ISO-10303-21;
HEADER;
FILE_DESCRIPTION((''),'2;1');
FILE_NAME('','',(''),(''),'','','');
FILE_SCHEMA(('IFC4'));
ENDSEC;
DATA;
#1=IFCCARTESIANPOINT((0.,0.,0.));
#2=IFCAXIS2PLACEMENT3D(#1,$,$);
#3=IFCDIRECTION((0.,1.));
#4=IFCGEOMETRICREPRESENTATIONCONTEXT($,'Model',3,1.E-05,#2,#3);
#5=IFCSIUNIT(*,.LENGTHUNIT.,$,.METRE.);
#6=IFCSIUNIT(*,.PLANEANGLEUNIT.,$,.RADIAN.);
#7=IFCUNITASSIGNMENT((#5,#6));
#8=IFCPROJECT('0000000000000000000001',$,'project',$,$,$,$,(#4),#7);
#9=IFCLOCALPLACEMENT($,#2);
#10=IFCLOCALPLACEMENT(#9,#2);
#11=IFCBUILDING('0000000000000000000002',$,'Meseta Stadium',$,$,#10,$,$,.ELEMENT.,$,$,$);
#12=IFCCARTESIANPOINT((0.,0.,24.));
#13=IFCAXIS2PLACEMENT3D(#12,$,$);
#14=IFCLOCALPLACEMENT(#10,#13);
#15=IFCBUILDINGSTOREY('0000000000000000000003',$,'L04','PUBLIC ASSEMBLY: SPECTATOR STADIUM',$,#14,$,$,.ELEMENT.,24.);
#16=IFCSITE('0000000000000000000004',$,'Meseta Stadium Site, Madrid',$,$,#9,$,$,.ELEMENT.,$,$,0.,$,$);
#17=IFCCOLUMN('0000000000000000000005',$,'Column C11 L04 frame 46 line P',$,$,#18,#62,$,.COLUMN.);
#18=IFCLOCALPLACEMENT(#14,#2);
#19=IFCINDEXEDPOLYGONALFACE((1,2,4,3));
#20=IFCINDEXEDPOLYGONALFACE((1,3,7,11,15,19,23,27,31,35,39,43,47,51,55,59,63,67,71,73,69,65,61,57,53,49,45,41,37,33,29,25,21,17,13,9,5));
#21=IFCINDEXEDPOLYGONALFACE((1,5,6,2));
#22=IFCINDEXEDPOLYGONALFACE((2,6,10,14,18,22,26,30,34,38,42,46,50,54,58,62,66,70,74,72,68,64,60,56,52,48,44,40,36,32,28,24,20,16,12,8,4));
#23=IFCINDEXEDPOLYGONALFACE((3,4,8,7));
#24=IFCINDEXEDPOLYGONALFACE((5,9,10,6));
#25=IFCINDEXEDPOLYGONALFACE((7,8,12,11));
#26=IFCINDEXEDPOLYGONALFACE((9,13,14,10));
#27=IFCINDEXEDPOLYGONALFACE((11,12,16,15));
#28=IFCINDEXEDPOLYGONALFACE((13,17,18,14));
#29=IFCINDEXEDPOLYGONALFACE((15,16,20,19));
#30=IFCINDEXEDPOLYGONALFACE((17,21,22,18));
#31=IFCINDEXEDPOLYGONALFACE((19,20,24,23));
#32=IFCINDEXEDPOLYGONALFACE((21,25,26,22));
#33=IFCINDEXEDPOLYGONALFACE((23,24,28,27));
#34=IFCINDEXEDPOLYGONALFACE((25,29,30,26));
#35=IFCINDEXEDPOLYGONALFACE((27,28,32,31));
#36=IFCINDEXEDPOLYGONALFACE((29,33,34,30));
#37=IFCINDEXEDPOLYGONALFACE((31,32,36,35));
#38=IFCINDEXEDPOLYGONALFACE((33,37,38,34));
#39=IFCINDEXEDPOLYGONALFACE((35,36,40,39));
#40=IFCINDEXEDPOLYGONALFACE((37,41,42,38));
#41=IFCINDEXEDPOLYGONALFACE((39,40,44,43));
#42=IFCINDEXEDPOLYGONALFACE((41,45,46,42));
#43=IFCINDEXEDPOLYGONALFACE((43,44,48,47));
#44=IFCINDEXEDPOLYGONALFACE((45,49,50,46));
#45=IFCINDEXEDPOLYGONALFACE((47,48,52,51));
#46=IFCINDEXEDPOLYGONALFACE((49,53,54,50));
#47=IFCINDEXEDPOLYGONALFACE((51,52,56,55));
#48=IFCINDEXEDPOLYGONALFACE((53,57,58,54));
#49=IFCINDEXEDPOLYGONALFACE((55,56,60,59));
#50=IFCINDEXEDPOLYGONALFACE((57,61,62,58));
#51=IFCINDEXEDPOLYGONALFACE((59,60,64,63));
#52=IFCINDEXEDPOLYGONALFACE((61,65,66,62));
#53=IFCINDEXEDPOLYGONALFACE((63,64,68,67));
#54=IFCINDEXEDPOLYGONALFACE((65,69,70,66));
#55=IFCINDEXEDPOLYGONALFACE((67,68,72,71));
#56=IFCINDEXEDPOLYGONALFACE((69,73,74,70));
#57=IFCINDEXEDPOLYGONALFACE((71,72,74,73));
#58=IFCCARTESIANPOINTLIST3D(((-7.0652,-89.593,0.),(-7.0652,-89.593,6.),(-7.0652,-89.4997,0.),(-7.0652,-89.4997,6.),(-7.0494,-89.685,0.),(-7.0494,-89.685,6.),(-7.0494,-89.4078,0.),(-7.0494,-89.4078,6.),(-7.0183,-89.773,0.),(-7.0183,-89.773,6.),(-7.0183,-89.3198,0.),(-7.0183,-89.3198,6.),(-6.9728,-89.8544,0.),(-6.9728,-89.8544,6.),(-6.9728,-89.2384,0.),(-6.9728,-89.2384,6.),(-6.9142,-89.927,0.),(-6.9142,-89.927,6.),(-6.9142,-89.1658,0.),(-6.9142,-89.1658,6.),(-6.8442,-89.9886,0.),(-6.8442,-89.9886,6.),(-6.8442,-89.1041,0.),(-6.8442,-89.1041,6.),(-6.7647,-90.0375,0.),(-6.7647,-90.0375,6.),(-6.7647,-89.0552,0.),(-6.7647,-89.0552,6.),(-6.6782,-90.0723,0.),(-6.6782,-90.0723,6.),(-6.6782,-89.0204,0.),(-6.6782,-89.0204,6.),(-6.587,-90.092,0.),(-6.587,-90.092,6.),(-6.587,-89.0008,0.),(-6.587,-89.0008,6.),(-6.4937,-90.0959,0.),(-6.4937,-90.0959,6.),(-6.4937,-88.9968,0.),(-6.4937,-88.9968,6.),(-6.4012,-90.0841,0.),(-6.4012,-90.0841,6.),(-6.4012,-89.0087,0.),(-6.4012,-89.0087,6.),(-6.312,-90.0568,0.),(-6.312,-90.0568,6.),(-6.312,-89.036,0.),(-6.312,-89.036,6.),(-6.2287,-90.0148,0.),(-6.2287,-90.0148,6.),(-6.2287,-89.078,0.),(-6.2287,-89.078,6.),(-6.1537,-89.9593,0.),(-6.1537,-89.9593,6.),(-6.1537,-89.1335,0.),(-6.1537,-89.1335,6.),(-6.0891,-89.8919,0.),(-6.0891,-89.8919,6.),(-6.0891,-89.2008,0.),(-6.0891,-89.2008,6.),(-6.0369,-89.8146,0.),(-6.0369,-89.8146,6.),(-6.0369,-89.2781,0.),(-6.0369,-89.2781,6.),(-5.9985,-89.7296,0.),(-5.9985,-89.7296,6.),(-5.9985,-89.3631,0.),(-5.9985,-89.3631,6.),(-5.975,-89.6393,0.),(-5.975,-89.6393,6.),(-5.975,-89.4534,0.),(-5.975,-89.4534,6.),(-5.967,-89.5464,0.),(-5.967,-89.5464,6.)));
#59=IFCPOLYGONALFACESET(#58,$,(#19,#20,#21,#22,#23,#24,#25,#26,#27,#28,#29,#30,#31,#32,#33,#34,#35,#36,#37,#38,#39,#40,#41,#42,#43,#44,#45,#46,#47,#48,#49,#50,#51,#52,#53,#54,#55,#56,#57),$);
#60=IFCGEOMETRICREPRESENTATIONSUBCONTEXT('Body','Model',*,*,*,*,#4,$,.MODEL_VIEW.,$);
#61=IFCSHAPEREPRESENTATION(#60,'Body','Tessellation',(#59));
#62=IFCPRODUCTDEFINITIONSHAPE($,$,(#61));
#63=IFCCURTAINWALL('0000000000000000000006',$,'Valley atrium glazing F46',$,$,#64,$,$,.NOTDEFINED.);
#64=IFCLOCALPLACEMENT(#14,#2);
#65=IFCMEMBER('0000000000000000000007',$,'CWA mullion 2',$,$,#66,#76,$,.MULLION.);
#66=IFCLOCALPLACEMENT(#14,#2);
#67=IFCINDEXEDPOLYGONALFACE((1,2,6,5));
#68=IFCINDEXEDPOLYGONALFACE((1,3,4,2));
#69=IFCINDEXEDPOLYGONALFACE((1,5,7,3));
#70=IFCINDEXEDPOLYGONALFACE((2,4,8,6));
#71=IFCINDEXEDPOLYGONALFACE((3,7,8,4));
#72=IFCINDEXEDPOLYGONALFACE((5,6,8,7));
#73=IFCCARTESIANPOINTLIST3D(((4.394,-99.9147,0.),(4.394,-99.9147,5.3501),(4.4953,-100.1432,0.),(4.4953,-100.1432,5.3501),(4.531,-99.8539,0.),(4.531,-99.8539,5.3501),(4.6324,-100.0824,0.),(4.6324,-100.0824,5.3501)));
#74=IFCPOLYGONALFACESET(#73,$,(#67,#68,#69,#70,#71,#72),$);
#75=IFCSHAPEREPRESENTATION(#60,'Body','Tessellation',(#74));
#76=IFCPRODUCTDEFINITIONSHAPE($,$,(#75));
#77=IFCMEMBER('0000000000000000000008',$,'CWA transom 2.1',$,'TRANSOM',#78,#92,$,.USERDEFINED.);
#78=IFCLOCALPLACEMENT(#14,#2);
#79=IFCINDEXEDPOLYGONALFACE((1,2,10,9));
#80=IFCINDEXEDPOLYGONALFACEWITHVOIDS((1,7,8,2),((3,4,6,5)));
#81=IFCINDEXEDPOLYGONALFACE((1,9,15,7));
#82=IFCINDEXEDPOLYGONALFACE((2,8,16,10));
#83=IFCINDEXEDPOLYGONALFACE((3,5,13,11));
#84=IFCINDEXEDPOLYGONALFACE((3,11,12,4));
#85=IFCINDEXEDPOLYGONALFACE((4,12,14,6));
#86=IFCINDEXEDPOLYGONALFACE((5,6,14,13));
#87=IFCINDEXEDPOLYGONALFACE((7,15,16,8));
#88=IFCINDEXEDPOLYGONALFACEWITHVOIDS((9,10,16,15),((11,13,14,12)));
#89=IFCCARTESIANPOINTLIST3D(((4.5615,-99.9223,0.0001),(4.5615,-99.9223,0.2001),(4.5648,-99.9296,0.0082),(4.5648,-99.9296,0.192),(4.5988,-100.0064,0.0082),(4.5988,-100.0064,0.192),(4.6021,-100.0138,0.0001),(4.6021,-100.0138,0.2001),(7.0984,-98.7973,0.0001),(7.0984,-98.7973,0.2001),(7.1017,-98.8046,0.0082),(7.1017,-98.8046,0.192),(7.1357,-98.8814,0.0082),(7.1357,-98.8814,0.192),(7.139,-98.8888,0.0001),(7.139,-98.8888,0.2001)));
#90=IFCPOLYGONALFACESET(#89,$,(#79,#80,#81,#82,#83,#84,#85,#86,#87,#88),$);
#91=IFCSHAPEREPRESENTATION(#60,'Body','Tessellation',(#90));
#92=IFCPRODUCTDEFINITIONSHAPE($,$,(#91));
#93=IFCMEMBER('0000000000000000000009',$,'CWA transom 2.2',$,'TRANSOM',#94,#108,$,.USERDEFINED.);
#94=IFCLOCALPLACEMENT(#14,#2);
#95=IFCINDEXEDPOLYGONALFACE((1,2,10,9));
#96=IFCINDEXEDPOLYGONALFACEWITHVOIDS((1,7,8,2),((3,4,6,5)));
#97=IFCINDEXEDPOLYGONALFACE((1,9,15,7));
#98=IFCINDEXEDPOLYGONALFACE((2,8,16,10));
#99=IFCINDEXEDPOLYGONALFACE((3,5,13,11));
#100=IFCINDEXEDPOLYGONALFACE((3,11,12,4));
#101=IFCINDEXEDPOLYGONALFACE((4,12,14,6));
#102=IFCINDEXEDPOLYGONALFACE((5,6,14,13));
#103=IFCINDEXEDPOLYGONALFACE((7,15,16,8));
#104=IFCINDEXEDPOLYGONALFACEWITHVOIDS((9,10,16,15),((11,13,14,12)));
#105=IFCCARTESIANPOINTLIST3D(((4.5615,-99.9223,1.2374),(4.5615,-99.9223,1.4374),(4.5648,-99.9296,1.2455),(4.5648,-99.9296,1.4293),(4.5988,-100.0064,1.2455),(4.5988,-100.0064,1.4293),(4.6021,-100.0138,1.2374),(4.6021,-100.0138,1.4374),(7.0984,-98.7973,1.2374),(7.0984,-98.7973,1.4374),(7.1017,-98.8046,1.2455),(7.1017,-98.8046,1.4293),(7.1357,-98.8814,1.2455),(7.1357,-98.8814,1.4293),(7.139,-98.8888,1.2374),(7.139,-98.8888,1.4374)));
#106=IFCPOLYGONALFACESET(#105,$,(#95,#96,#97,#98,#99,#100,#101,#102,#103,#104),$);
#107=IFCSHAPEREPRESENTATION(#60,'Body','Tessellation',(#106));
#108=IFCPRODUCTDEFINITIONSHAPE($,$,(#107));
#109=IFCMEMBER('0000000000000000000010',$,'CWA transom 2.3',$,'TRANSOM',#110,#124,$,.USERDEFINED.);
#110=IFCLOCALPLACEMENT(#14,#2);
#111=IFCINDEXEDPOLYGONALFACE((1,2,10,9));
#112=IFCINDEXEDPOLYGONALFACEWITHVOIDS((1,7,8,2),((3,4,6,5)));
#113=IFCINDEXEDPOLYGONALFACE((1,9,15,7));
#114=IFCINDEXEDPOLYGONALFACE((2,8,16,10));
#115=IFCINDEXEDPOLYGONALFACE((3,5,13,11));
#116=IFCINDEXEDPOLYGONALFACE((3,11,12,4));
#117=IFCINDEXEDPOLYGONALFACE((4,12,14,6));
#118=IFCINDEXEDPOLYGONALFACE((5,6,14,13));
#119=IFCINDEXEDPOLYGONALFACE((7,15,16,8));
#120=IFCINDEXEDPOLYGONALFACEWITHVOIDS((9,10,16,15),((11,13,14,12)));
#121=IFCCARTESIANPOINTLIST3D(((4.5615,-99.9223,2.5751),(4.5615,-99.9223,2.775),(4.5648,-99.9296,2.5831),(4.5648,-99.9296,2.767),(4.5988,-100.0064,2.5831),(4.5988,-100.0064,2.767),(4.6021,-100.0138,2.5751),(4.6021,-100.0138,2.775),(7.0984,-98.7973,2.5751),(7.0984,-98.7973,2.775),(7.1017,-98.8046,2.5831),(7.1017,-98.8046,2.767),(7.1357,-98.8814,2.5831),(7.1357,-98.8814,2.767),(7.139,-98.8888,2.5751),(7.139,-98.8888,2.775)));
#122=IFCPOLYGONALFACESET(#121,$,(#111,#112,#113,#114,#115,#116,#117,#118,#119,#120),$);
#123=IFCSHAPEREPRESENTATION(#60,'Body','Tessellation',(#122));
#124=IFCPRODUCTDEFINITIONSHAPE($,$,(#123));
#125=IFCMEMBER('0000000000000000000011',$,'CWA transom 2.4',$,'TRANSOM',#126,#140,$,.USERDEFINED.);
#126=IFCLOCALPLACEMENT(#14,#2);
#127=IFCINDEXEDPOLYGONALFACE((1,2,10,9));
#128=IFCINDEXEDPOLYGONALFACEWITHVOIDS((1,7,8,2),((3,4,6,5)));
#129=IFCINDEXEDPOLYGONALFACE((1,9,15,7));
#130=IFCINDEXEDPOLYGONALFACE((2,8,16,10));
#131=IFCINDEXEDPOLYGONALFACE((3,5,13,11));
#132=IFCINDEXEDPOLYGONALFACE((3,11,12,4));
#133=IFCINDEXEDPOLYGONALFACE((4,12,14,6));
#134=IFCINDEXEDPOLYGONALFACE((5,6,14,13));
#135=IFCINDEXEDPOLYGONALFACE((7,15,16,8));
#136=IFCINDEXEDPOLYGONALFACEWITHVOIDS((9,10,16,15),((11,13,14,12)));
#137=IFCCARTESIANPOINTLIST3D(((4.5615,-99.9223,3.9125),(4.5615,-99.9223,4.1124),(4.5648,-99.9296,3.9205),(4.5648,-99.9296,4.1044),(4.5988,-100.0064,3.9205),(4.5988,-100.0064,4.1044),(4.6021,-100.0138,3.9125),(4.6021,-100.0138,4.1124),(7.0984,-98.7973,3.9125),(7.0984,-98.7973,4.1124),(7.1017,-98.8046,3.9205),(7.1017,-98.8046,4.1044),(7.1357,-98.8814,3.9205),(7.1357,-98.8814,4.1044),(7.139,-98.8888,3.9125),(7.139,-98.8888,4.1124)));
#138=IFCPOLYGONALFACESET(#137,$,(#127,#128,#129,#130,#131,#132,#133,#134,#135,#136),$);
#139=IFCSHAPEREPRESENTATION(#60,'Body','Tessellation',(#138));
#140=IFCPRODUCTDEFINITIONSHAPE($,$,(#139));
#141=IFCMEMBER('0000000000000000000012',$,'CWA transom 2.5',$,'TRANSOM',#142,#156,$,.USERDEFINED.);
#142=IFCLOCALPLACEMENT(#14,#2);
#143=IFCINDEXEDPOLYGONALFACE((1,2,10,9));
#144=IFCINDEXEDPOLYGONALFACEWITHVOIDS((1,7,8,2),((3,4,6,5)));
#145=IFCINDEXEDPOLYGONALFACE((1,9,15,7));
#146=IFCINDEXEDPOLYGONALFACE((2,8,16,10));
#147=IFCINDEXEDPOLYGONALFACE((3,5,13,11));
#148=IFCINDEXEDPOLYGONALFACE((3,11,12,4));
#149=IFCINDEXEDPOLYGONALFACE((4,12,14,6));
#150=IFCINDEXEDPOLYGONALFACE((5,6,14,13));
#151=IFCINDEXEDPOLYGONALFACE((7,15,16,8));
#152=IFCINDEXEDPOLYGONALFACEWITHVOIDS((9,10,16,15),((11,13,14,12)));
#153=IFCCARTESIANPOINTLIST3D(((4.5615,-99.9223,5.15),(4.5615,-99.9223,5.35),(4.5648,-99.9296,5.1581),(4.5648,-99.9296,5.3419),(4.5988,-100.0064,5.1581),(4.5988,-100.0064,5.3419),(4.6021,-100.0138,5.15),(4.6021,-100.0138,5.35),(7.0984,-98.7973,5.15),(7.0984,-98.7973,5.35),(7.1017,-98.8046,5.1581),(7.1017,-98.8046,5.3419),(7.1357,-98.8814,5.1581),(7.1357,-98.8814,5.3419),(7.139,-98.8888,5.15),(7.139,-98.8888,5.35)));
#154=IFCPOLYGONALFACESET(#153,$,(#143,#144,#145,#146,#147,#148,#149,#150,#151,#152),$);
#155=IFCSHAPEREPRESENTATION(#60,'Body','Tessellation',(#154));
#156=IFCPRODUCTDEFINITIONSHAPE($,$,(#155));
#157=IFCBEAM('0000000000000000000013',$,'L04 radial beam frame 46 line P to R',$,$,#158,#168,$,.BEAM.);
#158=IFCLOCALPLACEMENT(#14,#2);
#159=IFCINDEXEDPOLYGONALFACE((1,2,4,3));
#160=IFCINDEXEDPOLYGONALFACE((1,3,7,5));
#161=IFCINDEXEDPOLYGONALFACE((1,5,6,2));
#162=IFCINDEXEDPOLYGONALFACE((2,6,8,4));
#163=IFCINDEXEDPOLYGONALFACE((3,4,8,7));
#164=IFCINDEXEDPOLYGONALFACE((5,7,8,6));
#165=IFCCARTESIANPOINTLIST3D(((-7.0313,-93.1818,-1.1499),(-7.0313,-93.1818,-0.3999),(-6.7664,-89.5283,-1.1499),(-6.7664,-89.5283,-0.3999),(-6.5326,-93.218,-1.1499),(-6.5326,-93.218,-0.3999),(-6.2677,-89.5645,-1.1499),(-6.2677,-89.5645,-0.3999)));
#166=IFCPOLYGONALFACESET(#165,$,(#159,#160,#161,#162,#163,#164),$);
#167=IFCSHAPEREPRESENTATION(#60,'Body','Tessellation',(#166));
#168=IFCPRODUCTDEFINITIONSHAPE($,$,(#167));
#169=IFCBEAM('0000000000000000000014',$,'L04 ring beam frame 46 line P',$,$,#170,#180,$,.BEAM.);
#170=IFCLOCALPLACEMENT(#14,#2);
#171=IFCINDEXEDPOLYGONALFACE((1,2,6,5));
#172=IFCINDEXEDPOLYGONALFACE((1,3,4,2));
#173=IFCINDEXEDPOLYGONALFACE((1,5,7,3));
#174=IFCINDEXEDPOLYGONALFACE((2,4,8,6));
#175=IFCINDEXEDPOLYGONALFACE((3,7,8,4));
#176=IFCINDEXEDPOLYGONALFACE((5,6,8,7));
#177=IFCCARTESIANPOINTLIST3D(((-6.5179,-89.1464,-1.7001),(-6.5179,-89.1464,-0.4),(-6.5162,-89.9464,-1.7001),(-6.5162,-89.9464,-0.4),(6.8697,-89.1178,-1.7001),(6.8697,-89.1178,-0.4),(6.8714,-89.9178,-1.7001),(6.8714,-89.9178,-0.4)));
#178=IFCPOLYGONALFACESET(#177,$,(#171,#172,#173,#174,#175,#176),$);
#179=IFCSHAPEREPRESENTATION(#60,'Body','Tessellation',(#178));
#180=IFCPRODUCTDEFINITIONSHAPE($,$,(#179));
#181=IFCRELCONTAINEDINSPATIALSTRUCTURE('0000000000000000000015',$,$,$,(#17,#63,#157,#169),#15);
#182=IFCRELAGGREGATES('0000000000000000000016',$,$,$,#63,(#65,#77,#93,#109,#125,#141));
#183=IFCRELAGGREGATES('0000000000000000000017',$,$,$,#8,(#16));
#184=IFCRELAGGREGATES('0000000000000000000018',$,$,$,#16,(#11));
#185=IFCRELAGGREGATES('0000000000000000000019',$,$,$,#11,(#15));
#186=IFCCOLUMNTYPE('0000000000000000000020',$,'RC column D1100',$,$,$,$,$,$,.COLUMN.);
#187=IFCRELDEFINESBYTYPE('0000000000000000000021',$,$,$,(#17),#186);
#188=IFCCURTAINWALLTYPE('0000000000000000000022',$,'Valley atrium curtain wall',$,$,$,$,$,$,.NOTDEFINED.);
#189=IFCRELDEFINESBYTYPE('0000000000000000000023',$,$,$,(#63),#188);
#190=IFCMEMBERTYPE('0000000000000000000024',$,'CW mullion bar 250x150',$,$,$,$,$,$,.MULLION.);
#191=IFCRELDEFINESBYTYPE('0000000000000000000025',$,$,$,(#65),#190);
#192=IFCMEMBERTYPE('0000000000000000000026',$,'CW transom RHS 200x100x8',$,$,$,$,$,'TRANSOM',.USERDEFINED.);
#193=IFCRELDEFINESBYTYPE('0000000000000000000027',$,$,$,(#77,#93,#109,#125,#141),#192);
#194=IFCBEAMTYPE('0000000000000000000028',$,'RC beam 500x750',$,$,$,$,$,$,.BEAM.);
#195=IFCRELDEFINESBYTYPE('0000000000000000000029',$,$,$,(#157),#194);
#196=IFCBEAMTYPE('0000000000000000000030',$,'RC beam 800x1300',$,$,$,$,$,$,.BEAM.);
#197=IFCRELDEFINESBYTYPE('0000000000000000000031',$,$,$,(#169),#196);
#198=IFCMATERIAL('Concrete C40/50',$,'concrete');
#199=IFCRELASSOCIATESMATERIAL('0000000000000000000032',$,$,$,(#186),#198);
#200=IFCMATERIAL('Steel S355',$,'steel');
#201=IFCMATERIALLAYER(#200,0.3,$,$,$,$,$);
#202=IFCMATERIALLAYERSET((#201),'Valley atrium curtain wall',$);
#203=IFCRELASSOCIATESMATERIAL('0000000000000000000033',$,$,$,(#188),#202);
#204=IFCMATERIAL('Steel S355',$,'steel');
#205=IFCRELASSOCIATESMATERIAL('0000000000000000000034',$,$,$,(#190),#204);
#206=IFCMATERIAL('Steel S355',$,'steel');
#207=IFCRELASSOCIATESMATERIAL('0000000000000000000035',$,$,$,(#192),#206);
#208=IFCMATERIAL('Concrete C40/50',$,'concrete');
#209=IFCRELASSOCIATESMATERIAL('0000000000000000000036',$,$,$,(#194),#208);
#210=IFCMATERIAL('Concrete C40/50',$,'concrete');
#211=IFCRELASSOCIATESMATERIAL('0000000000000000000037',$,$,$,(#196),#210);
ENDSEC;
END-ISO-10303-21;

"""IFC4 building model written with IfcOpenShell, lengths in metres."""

from ifc_helpers import new_model, si_unit, direction, frame, origin, origin_2d, place, context, subcontext, project, spatial, rectangle, hollow_rectangle, circle, extrude, material, layer, layer_set, material_profile, profile_set, type_object, element, aggregate, save


model = new_model("IFC4")

# Units and contexts
model_context = context("Model", 3, precision=1e-05, world=origin(), true_north=direction((0.0, 1.0)))
body_context = subcontext(model_context, "Body", "Model", "MODEL_VIEW")
ifc_project = project(units=[si_unit("LENGTHUNIT", "METRE"), si_unit("PLANEANGLEUNIT", "RADIAN")], contexts=[model_context])

# Site, building, storey
site_placement = place(None, origin())
site = spatial("IfcSite", under=ifc_project, at=site_placement, Name="Meseta Stadium Site, Madrid", CompositionType="ELEMENT", RefElevation=0.0)
building_placement = place(site_placement, origin())
building = spatial("IfcBuilding", under=site, at=building_placement, Name="Meseta Stadium", CompositionType="ELEMENT")
storey_placement = place(building_placement, frame((0.0, 0.0, 24.0)))
storey = spatial("IfcBuildingStorey", under=building, at=storey_placement, Name="L04", Description="PUBLIC ASSEMBLY: SPECTATOR STADIUM", CompositionType="ELEMENT", Elevation=24.0)

# Column
ifc_material_1 = material(Name="Concrete C40/50", Category="concrete")
ifc_material_profile_1 = material_profile(ifc_material_1, circle(Radius=0.55, at=origin_2d()), Name="RC D1100")
ifc_profile_set_1 = profile_set([ifc_material_profile_1], Name="Concrete C40/50")
column_type = type_object("IfcColumnType", Name="RC column D1100", PredefinedType="COLUMN", material=ifc_profile_set_1)
column_placement = place(storey_placement, frame((-6.5171, -89.5464, 0.0), z_axis=(0.0, 0.0, 1.0), x_axis=(1.0, 0.0, 0.0)))
element("IfcColumn", 1, at=column_placement, inside=storey, type_object=column_type, Name="Column C11 L04 frame 46 line P", PredefinedType="COLUMN", context=body_context, shape_type="SweptSolid", body=[
    extrude(circle(Radius=0.55, at=origin_2d()), origin(), (0.0, 0.0, 1.0), 6.0),
])

# Curtain wall, members
ifc_material_2 = material(Name="Steel S355", Category="steel")
ifc_layer_1 = layer(ifc_material_2, 0.3)
ifc_layer_set_1 = layer_set([ifc_layer_1], Name="Valley atrium curtain wall")
curtain_wall_type = type_object("IfcCurtainWallType", Name="Valley atrium curtain wall", PredefinedType="NOTDEFINED", material=ifc_layer_set_1)
curtain_wall_placement = place(storey_placement, origin())
curtain_wall = element("IfcCurtainWall", 2, at=curtain_wall_placement, inside=storey, type_object=curtain_wall_type, Name="Valley atrium glazing F46", PredefinedType="NOTDEFINED")
ifc_material_3 = material(Name="Steel S355", Category="steel")
ifc_material_profile_2 = material_profile(ifc_material_3, rectangle(XDim=0.25, YDim=0.1499, at=origin_2d()), Name="CW 250x150")
ifc_profile_set_2 = profile_set([ifc_material_profile_2], Name="Steel S355")
member_type_1 = type_object("IfcMemberType", Name="CW mullion bar 250x150", PredefinedType="MULLION", material=ifc_profile_set_2)
member_1_placement = place(storey_placement, frame((4.5132, -99.9985, 0.0), z_axis=(0.0, 0.0, 1.0), x_axis=(-0.405401, 0.914139, 0.0)))
member_1 = element("IfcMember", 3, at=member_1_placement, type_object=member_type_1, Name="CWA mullion 2", PredefinedType="MULLION", context=body_context, shape_type="SweptSolid", body=[
    extrude(rectangle(XDim=0.25, YDim=0.1499, at=origin_2d()), origin(), (0.0, 0.0, 1.0), 5.3501),
])
ifc_material_4 = material(Name="Steel S355", Category="steel")
ifc_material_profile_3 = material_profile(ifc_material_4, hollow_rectangle(XDim=0.1001, YDim=0.2, WallThickness=0.0081, at=origin_2d()), Name="RHS 200x100x8")
ifc_profile_set_3 = profile_set([ifc_material_profile_3], Name="Steel S355")
member_type_2 = type_object("IfcMemberType", Name="CW transom RHS 200x100x8", ElementType="TRANSOM", PredefinedType="USERDEFINED", material=ifc_profile_set_3)
member_2_placement = place(storey_placement, frame((4.5818, -99.968, 0.1001), z_axis=(0.914145, 0.405387, 0.0), x_axis=(-0.405387, 0.914145, 0.0)))
member_2 = element("IfcMember", 4, at=member_2_placement, type_object=member_type_2, Name="CWA transom 2.1", ObjectType="TRANSOM", PredefinedType="USERDEFINED", context=body_context, shape_type="SweptSolid", body=[
    extrude(hollow_rectangle(XDim=0.1001, YDim=0.2, WallThickness=0.0081, at=origin_2d()), origin(), (0.0, 0.0, 1.0), 2.7751),
])
member_3_placement = place(storey_placement, frame((4.5818, -99.968, 1.3374), z_axis=(0.914145, 0.405387, 0.0), x_axis=(-0.405387, 0.914145, 0.0)))
member_3 = element("IfcMember", 5, at=member_3_placement, type_object=member_type_2, Name="CWA transom 2.2", ObjectType="TRANSOM", PredefinedType="USERDEFINED", context=body_context, shape_type="SweptSolid", body=[
    extrude(hollow_rectangle(XDim=0.1001, YDim=0.2, WallThickness=0.0081, at=origin_2d()), origin(), (0.0, 0.0, 1.0), 2.7751),
])
member_4_placement = place(storey_placement, frame((4.5818, -99.968, 2.675), z_axis=(0.914145, 0.405387, 0.0), x_axis=(-0.405387, 0.914145, 0.0)))
member_4 = element("IfcMember", 6, at=member_4_placement, type_object=member_type_2, Name="CWA transom 2.3", ObjectType="TRANSOM", PredefinedType="USERDEFINED", context=body_context, shape_type="SweptSolid", body=[
    extrude(hollow_rectangle(XDim=0.1001, YDim=0.2, WallThickness=0.0081, at=origin_2d()), origin(), (0.0, 0.0, 1.0), 2.7751),
])
member_5_placement = place(storey_placement, frame((4.5818, -99.968, 4.0125), z_axis=(0.914145, 0.405387, 0.0), x_axis=(-0.405387, 0.914145, 0.0)))
member_5 = element("IfcMember", 7, at=member_5_placement, type_object=member_type_2, Name="CWA transom 2.4", ObjectType="TRANSOM", PredefinedType="USERDEFINED", context=body_context, shape_type="SweptSolid", body=[
    extrude(hollow_rectangle(XDim=0.1001, YDim=0.2, WallThickness=0.0081, at=origin_2d()), origin(), (0.0, 0.0, 1.0), 2.7751),
])
member_6_placement = place(storey_placement, frame((4.5818, -99.968, 5.25), z_axis=(0.914145, 0.405387, 0.0), x_axis=(-0.405387, 0.914145, 0.0)))
member_6 = element("IfcMember", 8, at=member_6_placement, type_object=member_type_2, Name="CWA transom 2.5", ObjectType="TRANSOM", PredefinedType="USERDEFINED", context=body_context, shape_type="SweptSolid", body=[
    extrude(hollow_rectangle(XDim=0.1001, YDim=0.2, WallThickness=0.0081, at=origin_2d()), origin(), (0.0, 0.0, 1.0), 2.7751),
])

# Beams
ifc_material_5 = material(Name="Concrete C40/50", Category="concrete")
ifc_material_profile_4 = material_profile(ifc_material_5, rectangle(XDim=0.5, YDim=0.75, at=origin_2d()), Name="RC 500x750")
ifc_profile_set_4 = profile_set([ifc_material_profile_4], Name="Concrete C40/50")
beam_type_1 = type_object("IfcBeamType", Name="RC beam 500x750", PredefinedType="BEAM", material=ifc_profile_set_4)
beam_1_placement = place(storey_placement, frame((-6.5171, -89.5464, -0.7749), z_axis=(-0.072313, -0.997382, 0.0), x_axis=(0.997382, -0.072313, 0.0)))
element("IfcBeam", 9, at=beam_1_placement, inside=storey, type_object=beam_type_1, Name="L04 radial beam frame 46 line P to R", PredefinedType="BEAM", context=body_context, shape_type="SweptSolid", body=[
    extrude(rectangle(XDim=0.5, YDim=0.75, at=origin_2d()), origin(), (0.0, 0.0, 1.0), 3.6631),
])
ifc_material_6 = material(Name="Concrete C40/50", Category="concrete")
ifc_material_profile_5 = material_profile(ifc_material_6, rectangle(XDim=0.8, YDim=1.3, at=origin_2d()), Name="RC 800x1300")
ifc_profile_set_5 = profile_set([ifc_material_profile_5], Name="Concrete C40/50")
beam_type_2 = type_object("IfcBeamType", Name="RC beam 800x1300", PredefinedType="BEAM", material=ifc_profile_set_5)
beam_2_placement = place(storey_placement, frame((-6.5171, -89.5464, -1.05), z_axis=(0.999998, 0.002134, 0.0), x_axis=(-0.002134, 0.999998, 0.0)))
element("IfcBeam", 10, at=beam_2_placement, inside=storey, type_object=beam_type_2, Name="L04 ring beam frame 46 line P", PredefinedType="BEAM", context=body_context, shape_type="SweptSolid", body=[
    extrude(rectangle(XDim=0.8, YDim=1.3, at=origin_2d()), origin(), (0.0, 0.0, 1.0), 13.3877),
])

aggregate(curtain_wall, [member_1, member_2, member_3, member_4, member_5, member_6])

save(model, "model.ifc")
